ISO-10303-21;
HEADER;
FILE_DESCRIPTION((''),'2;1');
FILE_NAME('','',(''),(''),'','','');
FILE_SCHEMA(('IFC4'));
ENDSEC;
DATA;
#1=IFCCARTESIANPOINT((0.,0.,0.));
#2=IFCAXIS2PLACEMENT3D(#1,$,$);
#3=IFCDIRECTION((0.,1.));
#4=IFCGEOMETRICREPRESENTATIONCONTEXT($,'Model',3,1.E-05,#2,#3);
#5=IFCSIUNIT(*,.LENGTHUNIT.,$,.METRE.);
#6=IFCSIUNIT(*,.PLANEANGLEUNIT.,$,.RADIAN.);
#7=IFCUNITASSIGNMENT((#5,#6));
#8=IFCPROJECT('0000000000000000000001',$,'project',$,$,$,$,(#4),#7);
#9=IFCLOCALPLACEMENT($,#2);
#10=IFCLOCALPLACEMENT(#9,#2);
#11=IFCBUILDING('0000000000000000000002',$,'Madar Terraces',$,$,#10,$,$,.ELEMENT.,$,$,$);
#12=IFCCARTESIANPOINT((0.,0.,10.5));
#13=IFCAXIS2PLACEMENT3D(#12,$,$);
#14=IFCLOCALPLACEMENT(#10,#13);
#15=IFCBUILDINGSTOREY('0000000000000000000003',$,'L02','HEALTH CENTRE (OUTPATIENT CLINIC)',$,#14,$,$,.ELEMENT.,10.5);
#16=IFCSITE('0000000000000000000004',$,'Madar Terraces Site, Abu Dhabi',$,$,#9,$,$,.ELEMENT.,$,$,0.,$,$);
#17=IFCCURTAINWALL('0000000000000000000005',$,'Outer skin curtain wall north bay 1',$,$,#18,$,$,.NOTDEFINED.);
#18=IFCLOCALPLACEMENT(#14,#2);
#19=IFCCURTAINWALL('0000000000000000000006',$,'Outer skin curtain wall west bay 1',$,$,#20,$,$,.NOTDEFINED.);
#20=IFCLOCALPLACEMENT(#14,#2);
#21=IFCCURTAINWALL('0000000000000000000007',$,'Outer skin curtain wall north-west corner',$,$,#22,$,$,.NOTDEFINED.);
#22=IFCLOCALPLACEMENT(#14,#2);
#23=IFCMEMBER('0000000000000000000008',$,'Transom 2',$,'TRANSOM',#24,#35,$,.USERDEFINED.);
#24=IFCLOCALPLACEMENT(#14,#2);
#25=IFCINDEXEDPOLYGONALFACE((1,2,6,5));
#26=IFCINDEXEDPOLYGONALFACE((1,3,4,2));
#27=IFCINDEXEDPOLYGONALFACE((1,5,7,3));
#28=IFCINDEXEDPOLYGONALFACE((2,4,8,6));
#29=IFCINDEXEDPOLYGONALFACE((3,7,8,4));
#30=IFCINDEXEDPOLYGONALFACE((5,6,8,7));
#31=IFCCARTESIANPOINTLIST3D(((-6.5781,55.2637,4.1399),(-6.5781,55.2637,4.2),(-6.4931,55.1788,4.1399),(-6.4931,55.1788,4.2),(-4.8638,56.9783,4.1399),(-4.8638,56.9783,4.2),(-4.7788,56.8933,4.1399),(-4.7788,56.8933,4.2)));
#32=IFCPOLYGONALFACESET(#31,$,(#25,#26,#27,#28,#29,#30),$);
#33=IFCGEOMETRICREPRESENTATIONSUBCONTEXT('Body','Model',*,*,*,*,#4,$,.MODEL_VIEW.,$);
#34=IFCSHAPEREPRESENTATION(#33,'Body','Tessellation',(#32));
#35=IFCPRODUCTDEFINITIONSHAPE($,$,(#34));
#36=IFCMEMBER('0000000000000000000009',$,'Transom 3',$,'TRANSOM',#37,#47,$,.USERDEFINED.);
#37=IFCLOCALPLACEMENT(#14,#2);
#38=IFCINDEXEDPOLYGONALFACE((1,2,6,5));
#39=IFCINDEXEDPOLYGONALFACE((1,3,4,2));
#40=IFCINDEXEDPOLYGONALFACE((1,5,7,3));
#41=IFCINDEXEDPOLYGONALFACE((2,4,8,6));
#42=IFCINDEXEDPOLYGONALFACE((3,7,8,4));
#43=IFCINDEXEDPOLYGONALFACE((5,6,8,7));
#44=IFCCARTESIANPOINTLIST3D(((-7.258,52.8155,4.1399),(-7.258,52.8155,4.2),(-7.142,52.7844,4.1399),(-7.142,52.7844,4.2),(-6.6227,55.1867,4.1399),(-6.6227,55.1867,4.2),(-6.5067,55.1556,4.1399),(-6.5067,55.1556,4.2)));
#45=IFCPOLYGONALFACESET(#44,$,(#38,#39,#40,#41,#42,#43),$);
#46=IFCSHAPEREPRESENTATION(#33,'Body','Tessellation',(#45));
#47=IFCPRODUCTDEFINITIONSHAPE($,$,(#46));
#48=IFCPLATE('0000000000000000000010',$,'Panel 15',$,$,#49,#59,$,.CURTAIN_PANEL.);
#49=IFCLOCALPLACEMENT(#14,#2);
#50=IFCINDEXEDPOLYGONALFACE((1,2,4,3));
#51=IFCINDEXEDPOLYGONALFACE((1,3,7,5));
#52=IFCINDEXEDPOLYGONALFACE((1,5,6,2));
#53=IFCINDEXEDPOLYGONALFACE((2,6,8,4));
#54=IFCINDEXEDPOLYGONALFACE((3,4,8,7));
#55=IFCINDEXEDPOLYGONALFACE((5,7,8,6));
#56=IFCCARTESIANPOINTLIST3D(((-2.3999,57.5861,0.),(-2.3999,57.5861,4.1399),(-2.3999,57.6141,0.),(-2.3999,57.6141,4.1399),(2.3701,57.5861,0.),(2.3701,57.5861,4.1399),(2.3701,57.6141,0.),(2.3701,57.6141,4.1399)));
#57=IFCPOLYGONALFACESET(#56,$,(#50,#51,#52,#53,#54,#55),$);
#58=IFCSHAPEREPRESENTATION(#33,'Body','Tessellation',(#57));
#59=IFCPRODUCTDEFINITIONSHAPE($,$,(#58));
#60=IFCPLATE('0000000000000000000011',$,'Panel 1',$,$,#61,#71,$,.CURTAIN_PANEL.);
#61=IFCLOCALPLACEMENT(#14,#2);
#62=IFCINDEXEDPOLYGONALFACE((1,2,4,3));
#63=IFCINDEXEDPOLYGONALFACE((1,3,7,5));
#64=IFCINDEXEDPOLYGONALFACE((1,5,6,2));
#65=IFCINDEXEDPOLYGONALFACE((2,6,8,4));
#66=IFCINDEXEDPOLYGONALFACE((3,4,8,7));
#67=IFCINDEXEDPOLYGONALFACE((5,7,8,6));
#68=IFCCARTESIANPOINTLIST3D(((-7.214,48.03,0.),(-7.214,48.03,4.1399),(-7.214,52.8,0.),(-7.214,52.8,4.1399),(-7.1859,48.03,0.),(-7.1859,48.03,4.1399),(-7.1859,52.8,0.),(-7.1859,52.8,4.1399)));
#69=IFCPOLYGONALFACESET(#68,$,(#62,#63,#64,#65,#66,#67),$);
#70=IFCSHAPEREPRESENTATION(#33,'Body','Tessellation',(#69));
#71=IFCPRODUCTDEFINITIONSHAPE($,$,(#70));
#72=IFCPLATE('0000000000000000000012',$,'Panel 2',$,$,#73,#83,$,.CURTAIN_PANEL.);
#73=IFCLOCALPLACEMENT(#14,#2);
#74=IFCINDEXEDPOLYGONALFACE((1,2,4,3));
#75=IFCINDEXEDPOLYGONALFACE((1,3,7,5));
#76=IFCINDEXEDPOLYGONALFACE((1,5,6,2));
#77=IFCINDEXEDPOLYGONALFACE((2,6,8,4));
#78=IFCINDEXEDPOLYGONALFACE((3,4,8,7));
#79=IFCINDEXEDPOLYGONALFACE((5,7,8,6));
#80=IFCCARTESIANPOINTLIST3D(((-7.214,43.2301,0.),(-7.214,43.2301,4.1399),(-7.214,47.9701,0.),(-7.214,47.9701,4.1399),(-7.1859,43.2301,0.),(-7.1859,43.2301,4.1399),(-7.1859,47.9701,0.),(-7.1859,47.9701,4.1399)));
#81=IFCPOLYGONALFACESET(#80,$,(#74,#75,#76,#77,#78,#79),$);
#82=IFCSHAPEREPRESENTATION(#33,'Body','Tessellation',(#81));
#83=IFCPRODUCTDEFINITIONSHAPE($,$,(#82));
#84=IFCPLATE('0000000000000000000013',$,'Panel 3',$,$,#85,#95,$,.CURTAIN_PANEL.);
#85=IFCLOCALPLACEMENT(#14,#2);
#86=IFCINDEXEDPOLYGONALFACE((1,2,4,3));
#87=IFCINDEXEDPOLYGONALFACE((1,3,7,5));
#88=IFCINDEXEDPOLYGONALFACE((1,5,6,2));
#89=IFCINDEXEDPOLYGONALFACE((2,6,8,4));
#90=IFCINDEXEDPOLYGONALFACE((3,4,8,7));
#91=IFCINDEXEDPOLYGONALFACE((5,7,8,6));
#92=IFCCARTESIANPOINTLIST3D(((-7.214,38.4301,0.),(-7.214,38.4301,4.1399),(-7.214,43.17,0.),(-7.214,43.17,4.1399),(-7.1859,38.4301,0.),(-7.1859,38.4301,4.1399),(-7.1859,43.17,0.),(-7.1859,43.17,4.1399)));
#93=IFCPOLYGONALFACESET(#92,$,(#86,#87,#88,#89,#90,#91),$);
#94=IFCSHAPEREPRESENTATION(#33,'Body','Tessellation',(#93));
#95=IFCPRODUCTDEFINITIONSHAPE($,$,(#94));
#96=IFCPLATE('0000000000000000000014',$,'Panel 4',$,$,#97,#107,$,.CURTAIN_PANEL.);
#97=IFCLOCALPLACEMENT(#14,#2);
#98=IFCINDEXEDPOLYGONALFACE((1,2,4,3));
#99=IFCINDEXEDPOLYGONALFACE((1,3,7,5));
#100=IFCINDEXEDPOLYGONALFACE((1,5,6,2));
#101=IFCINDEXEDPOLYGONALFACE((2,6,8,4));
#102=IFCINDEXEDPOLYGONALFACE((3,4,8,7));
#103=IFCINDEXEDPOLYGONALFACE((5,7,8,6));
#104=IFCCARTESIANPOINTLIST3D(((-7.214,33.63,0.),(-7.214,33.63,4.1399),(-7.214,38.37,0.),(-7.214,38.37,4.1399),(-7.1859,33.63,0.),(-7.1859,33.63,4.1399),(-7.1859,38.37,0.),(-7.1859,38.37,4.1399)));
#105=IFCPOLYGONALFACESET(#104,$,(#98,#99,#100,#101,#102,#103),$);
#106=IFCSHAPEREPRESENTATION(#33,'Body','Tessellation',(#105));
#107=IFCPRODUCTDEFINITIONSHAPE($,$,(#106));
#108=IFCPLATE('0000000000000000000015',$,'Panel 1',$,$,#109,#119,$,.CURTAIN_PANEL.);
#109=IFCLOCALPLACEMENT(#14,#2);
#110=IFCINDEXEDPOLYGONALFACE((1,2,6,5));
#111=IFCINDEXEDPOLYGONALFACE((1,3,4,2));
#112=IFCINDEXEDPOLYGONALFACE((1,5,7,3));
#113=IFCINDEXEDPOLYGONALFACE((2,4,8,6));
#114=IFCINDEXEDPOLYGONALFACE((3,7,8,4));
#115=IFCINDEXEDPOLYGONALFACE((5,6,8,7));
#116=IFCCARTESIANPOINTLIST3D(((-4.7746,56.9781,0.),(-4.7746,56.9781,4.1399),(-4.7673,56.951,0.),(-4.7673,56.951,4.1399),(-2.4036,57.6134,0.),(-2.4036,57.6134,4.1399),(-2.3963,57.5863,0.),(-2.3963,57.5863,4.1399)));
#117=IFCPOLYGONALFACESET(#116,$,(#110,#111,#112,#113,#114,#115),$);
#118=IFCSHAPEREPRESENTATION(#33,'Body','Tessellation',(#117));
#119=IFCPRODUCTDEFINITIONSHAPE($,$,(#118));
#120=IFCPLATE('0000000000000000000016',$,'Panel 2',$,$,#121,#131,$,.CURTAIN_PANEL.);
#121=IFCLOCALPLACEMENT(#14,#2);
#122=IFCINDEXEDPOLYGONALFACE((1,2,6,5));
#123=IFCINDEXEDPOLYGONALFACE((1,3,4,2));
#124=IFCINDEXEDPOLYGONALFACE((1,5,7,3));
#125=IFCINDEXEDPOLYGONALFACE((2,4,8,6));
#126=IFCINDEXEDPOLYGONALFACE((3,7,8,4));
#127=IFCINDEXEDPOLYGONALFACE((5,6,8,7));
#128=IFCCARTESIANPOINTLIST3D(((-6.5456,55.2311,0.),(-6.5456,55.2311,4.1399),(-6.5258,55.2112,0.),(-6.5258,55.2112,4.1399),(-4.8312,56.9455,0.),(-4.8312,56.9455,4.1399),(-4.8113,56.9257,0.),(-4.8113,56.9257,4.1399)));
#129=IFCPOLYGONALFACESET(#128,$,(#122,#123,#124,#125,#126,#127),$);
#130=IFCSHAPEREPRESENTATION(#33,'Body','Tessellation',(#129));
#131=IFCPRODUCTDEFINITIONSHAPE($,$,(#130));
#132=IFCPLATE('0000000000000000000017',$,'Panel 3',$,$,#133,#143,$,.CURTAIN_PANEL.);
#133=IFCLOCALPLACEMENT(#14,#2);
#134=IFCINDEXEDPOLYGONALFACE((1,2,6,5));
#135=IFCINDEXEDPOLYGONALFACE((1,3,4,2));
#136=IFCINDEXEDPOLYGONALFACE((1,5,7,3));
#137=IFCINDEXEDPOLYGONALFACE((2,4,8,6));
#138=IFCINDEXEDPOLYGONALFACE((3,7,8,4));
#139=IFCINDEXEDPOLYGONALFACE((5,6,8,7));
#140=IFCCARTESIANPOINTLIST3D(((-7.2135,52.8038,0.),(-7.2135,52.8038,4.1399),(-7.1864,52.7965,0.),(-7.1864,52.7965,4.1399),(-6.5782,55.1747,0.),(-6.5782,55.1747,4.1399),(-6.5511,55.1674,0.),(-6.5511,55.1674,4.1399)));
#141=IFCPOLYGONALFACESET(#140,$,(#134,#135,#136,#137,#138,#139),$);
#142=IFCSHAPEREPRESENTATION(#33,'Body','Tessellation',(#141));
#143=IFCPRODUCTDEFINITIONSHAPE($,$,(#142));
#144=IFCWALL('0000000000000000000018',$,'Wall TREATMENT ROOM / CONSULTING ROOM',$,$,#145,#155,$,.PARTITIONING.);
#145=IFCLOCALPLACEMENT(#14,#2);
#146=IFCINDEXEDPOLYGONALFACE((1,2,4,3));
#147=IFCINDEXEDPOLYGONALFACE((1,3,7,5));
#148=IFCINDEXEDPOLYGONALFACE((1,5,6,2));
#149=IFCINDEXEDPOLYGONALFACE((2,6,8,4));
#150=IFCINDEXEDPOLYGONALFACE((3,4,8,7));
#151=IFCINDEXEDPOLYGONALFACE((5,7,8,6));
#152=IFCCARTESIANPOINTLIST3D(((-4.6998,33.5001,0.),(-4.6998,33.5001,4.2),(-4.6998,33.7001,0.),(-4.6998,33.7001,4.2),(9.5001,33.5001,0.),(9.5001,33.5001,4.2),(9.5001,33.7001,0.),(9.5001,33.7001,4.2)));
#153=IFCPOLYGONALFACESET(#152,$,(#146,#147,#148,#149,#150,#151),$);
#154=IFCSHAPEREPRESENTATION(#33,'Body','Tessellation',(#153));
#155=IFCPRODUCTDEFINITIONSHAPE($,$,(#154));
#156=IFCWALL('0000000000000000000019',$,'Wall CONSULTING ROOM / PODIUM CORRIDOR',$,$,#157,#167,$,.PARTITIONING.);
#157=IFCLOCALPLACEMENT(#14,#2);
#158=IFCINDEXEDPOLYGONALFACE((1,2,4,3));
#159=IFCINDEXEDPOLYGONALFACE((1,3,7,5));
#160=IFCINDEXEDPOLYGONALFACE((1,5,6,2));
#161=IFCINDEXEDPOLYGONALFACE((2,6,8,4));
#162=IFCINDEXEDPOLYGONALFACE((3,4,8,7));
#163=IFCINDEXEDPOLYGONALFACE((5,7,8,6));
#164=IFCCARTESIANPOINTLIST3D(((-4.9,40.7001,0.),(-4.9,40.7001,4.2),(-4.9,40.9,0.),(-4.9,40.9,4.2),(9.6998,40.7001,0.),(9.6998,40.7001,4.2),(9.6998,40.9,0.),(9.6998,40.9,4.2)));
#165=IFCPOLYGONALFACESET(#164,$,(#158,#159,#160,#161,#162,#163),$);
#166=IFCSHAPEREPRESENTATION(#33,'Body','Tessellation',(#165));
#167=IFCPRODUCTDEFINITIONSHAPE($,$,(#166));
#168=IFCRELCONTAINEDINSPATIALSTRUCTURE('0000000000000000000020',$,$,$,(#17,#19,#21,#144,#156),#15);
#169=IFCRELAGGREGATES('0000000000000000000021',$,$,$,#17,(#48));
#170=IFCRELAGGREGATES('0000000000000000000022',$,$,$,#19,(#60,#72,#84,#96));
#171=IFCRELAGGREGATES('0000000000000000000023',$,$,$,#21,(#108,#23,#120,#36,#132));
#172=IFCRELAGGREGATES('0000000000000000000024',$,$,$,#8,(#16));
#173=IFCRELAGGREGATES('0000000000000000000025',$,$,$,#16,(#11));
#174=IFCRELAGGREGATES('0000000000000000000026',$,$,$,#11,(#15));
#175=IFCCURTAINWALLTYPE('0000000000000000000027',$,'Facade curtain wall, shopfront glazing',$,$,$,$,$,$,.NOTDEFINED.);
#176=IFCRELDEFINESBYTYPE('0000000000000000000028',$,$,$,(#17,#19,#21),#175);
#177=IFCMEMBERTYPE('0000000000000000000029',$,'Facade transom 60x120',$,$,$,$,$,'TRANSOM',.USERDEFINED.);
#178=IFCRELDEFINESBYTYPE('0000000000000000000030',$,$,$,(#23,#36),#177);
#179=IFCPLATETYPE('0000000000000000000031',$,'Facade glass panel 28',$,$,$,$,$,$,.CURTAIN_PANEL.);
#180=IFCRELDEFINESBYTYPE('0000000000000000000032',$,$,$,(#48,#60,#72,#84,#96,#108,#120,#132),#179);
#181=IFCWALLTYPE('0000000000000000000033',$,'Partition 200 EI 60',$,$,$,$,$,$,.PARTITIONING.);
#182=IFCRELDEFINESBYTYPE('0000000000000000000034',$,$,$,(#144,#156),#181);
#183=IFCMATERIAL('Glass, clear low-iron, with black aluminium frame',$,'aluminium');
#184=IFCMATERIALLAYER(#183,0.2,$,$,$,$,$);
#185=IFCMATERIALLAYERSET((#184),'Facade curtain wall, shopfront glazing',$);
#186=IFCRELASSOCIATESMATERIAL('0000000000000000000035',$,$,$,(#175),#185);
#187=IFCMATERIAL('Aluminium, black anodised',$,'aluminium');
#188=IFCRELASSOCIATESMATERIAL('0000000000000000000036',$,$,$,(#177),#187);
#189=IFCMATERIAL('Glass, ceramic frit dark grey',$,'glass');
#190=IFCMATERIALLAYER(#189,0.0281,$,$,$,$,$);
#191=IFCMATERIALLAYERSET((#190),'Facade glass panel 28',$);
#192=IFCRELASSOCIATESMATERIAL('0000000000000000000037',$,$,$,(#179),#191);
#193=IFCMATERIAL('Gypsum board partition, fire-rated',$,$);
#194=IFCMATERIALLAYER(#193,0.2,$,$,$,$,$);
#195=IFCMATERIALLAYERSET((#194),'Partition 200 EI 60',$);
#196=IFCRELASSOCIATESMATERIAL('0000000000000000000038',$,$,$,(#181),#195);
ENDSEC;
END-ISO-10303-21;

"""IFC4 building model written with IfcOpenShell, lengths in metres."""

from ifc_helpers import new_model, si_unit, direction, frame, frame_2d, origin, origin_2d, place, context, subcontext, project, spatial, rectangle, extrude, material, layer, layer_set, material_profile, profile_set, type_object, element, aggregate, save


model = new_model("IFC4")

# Units and contexts
model_context = context("Model", 3, precision=1e-05, world=origin(), true_north=direction((0.0, 1.0)))
body_context = subcontext(model_context, "Body", "Model", "MODEL_VIEW")
ifc_project = project(units=[si_unit("LENGTHUNIT", "METRE"), si_unit("PLANEANGLEUNIT", "RADIAN")], contexts=[model_context])

# Site, building, storey
site_placement = place(None, origin())
site = spatial("IfcSite", under=ifc_project, at=site_placement, Name="Madar Terraces Site, Abu Dhabi", CompositionType="ELEMENT", RefElevation=0.0)
building_placement = place(site_placement, origin())
building = spatial("IfcBuilding", under=site, at=building_placement, Name="Madar Terraces", CompositionType="ELEMENT")
storey_placement = place(building_placement, frame((0.0, 0.0, 10.5)))
storey = spatial("IfcBuildingStorey", under=building, at=storey_placement, Name="L02", Description="HEALTH CENTRE (OUTPATIENT CLINIC)", CompositionType="ELEMENT", Elevation=10.5)

# Curtain wall
ifc_material_1 = material(Name="Glass, clear low-iron, with black aluminium frame", Category="aluminium")
ifc_layer_1 = layer(ifc_material_1, 0.2)
ifc_layer_set_1 = layer_set([ifc_layer_1], Name="Facade curtain wall, shopfront glazing")
curtain_wall_type = type_object("IfcCurtainWallType", Name="Facade curtain wall, shopfront glazing", PredefinedType="NOTDEFINED", material=ifc_layer_set_1)
curtain_wall_1_placement = place(storey_placement, origin())
curtain_wall_1 = element("IfcCurtainWall", 1, at=curtain_wall_1_placement, inside=storey, type_object=curtain_wall_type, Name="Outer skin curtain wall north bay 1", PredefinedType="NOTDEFINED")

# Curtain walls
curtain_wall_2_placement = place(storey_placement, origin())
curtain_wall_2 = element("IfcCurtainWall", 2, at=curtain_wall_2_placement, inside=storey, type_object=curtain_wall_type, Name="Outer skin curtain wall west bay 1", PredefinedType="NOTDEFINED")
curtain_wall_3_placement = place(storey_placement, origin())
curtain_wall_3 = element("IfcCurtainWall", 3, at=curtain_wall_3_placement, inside=storey, type_object=curtain_wall_type, Name="Outer skin curtain wall north-west corner", PredefinedType="NOTDEFINED")

# Members
ifc_material_2 = material(Name="Aluminium, black anodised", Category="aluminium")
ifc_material_profile_1 = material_profile(ifc_material_2, rectangle(XDim=0.1201, YDim=0.0601, at=origin_2d()), Name="Facade transom 60x120")
ifc_profile_set_1 = profile_set([ifc_material_profile_1], Name="Aluminium, black anodised")
member_type_1 = type_object("IfcMemberType", Name="Facade transom 60x120", ElementType="TRANSOM", PredefinedType="USERDEFINED", material=ifc_profile_set_1)
member_1_placement = place(storey_placement, frame((-4.8213, 56.9358, 4.1699), z_axis=(-0.707056, -0.707157, 0.0), x_axis=(0.707157, -0.707056, 0.0)))
member_1 = element("IfcMember", 4, at=member_1_placement, type_object=member_type_1, Name="Transom 2", ObjectType="TRANSOM", PredefinedType="USERDEFINED", context=body_context, shape_type="SweptSolid", body=[
    extrude(rectangle(XDim=0.1201, YDim=0.0601, at=origin_2d()), origin(), (0.0, 0.0, 1.0), 2.4246),
])
member_2_placement = place(storey_placement, frame((-6.5647, 55.1711, 4.1699), z_axis=(-0.258789, -0.965934, 0.0), x_axis=(0.965934, -0.258789, 0.0)))
member_2 = element("IfcMember", 5, at=member_2_placement, type_object=member_type_1, Name="Transom 3", ObjectType="TRANSOM", PredefinedType="USERDEFINED", context=body_context, shape_type="SweptSolid", body=[
    extrude(rectangle(XDim=0.1201, YDim=0.0601, at=origin_2d()), origin(), (0.0, 0.0, 1.0), 2.4548),
])

# Plates
ifc_material_3 = material(Name="Glass, ceramic frit dark grey", Category="glass")
ifc_layer_2 = layer(ifc_material_3, 0.0281)
ifc_layer_set_2 = layer_set([ifc_layer_2], Name="Facade glass panel 28")
plate_type = type_object("IfcPlateType", Name="Facade glass panel 28", PredefinedType="CURTAIN_PANEL", material=ifc_layer_set_2)
plate_1_placement = place(storey_placement, frame((-0.0149, 57.6001, 0.0), z_axis=(0.0, 0.0, 1.0), x_axis=(-1.0, 0.0, 0.0)))
plate_1 = element("IfcPlate", 6, at=plate_1_placement, type_object=plate_type, Name="Panel 15", PredefinedType="CURTAIN_PANEL", context=body_context, shape_type="SweptSolid", body=[
    extrude(rectangle(XDim=4.77, YDim=0.0281, at=origin_2d()), origin(), (0.0, 0.0, 1.0), 4.1399),
])
aggregate(curtain_wall_1, [plate_1])
plate_2_placement = place(storey_placement, frame((-7.2, 50.415, 0.0), z_axis=(0.0, 0.0, 1.0), x_axis=(0.0, -1.0, 0.0)))
plate_2 = element("IfcPlate", 7, at=plate_2_placement, type_object=plate_type, Name="Panel 1", PredefinedType="CURTAIN_PANEL", context=body_context, shape_type="SweptSolid", body=[
    extrude(rectangle(XDim=4.77, YDim=0.0281, at=origin_2d()), origin(), (0.0, 0.0, 1.0), 4.1399),
])
plate_3_placement = place(storey_placement, frame((-7.2, 45.6001, 0.0), z_axis=(0.0, 0.0, 1.0), x_axis=(0.0, -1.0, 0.0)))
plate_3 = element("IfcPlate", 8, at=plate_3_placement, type_object=plate_type, Name="Panel 2", PredefinedType="CURTAIN_PANEL", context=body_context, shape_type="SweptSolid", body=[
    extrude(rectangle(XDim=4.74, YDim=0.0281, at=origin_2d()), origin(), (0.0, 0.0, 1.0), 4.1399),
])
plate_4_placement = place(storey_placement, frame((-7.2, 40.8, 0.0), z_axis=(0.0, 0.0, 1.0), x_axis=(0.0, -1.0, 0.0)))
plate_4 = element("IfcPlate", 9, at=plate_4_placement, type_object=plate_type, Name="Panel 3", PredefinedType="CURTAIN_PANEL", context=body_context, shape_type="SweptSolid", body=[
    extrude(rectangle(XDim=4.74, YDim=0.0281, at=origin_2d()), origin(), (0.0, 0.0, 1.0), 4.1399),
])
plate_5_placement = place(storey_placement, frame((-7.2, 36.0, 0.0), z_axis=(0.0, 0.0, 1.0), x_axis=(0.0, -1.0, 0.0)))
plate_5 = element("IfcPlate", 10, at=plate_5_placement, type_object=plate_type, Name="Panel 4", PredefinedType="CURTAIN_PANEL", context=body_context, shape_type="SweptSolid", body=[
    extrude(rectangle(XDim=4.74, YDim=0.0281, at=origin_2d()), origin(), (0.0, 0.0, 1.0), 4.1399),
])
aggregate(curtain_wall_2, [plate_2, plate_3, plate_4, plate_5])
plate_6_placement = place(storey_placement, frame((-3.5854, 57.2822, 0.0), z_axis=(0.0, 0.0, 1.0), x_axis=(-0.965926, -0.258819, 0.0)))
plate_6 = element("IfcPlate", 11, at=plate_6_placement, type_object=plate_type, Name="Panel 1", PredefinedType="CURTAIN_PANEL", context=body_context, shape_type="SweptSolid", body=[
    extrude(rectangle(XDim=2.4546, YDim=0.0281, at=origin_2d()), origin(), (0.0, 0.0, 1.0), 4.1399),
])
plate_7_placement = place(storey_placement, frame((-5.6785, 56.0784, 0.0), z_axis=(0.0, 0.0, 1.0), x_axis=(-0.707107, -0.707107, 0.0)))
plate_7 = element("IfcPlate", 12, at=plate_7_placement, type_object=plate_type, Name="Panel 2", PredefinedType="CURTAIN_PANEL", context=body_context, shape_type="SweptSolid", body=[
    extrude(rectangle(XDim=2.4246, YDim=0.0281, at=origin_2d()), origin(), (0.0, 0.0, 1.0), 4.1399),
])
plate_8_placement = place(storey_placement, frame((-6.8823, 53.9856, 0.0), z_axis=(0.0, 0.0, 1.0), x_axis=(-0.258819, -0.965926, 0.0)))
plate_8 = element("IfcPlate", 13, at=plate_8_placement, type_object=plate_type, Name="Panel 3", PredefinedType="CURTAIN_PANEL", context=body_context, shape_type="SweptSolid", body=[
    extrude(rectangle(XDim=2.4546, YDim=0.0281, at=origin_2d()), origin(), (0.0, 0.0, 1.0), 4.1399),
])
aggregate(curtain_wall_3, [plate_6, member_1, plate_7, member_2, plate_8])

# Walls
ifc_material_4 = material(Name="Gypsum board partition, fire-rated")
ifc_layer_3 = layer(ifc_material_4, 0.2)
ifc_layer_set_3 = layer_set([ifc_layer_3], Name="Partition 200 EI 60")
wall_type = type_object("IfcWallType", Name="Partition 200 EI 60", PredefinedType="PARTITIONING", material=ifc_layer_set_3)
wall_1_placement = place(storey_placement, frame((-4.7, 33.6001, 0.0), z_axis=(0.0, 0.0, 1.0), x_axis=(1.0, 0.0, 0.0)))
element("IfcWall", 14, at=wall_1_placement, inside=storey, type_object=wall_type, Name="Wall TREATMENT ROOM / CONSULTING ROOM", PredefinedType="PARTITIONING", context=body_context, shape_type="SweptSolid", body=[
    extrude(rectangle(XDim=14.2, YDim=0.2, at=frame_2d((7.1001, 0.0))), origin(), (0.0, 0.0, 1.0), 4.2),
])
wall_2_placement = place(storey_placement, frame((-4.8999, 40.8, 0.0), z_axis=(0.0, 0.0, 1.0), x_axis=(1.0, 0.0, 0.0)))
element("IfcWall", 15, at=wall_2_placement, inside=storey, type_object=wall_type, Name="Wall CONSULTING ROOM / PODIUM CORRIDOR", PredefinedType="PARTITIONING", context=body_context, shape_type="SweptSolid", body=[
    extrude(rectangle(XDim=14.5999, YDim=0.2, at=frame_2d((7.2998, 0.0))), origin(), (0.0, 0.0, 1.0), 4.2),
])

save(model, "model.ifc")
